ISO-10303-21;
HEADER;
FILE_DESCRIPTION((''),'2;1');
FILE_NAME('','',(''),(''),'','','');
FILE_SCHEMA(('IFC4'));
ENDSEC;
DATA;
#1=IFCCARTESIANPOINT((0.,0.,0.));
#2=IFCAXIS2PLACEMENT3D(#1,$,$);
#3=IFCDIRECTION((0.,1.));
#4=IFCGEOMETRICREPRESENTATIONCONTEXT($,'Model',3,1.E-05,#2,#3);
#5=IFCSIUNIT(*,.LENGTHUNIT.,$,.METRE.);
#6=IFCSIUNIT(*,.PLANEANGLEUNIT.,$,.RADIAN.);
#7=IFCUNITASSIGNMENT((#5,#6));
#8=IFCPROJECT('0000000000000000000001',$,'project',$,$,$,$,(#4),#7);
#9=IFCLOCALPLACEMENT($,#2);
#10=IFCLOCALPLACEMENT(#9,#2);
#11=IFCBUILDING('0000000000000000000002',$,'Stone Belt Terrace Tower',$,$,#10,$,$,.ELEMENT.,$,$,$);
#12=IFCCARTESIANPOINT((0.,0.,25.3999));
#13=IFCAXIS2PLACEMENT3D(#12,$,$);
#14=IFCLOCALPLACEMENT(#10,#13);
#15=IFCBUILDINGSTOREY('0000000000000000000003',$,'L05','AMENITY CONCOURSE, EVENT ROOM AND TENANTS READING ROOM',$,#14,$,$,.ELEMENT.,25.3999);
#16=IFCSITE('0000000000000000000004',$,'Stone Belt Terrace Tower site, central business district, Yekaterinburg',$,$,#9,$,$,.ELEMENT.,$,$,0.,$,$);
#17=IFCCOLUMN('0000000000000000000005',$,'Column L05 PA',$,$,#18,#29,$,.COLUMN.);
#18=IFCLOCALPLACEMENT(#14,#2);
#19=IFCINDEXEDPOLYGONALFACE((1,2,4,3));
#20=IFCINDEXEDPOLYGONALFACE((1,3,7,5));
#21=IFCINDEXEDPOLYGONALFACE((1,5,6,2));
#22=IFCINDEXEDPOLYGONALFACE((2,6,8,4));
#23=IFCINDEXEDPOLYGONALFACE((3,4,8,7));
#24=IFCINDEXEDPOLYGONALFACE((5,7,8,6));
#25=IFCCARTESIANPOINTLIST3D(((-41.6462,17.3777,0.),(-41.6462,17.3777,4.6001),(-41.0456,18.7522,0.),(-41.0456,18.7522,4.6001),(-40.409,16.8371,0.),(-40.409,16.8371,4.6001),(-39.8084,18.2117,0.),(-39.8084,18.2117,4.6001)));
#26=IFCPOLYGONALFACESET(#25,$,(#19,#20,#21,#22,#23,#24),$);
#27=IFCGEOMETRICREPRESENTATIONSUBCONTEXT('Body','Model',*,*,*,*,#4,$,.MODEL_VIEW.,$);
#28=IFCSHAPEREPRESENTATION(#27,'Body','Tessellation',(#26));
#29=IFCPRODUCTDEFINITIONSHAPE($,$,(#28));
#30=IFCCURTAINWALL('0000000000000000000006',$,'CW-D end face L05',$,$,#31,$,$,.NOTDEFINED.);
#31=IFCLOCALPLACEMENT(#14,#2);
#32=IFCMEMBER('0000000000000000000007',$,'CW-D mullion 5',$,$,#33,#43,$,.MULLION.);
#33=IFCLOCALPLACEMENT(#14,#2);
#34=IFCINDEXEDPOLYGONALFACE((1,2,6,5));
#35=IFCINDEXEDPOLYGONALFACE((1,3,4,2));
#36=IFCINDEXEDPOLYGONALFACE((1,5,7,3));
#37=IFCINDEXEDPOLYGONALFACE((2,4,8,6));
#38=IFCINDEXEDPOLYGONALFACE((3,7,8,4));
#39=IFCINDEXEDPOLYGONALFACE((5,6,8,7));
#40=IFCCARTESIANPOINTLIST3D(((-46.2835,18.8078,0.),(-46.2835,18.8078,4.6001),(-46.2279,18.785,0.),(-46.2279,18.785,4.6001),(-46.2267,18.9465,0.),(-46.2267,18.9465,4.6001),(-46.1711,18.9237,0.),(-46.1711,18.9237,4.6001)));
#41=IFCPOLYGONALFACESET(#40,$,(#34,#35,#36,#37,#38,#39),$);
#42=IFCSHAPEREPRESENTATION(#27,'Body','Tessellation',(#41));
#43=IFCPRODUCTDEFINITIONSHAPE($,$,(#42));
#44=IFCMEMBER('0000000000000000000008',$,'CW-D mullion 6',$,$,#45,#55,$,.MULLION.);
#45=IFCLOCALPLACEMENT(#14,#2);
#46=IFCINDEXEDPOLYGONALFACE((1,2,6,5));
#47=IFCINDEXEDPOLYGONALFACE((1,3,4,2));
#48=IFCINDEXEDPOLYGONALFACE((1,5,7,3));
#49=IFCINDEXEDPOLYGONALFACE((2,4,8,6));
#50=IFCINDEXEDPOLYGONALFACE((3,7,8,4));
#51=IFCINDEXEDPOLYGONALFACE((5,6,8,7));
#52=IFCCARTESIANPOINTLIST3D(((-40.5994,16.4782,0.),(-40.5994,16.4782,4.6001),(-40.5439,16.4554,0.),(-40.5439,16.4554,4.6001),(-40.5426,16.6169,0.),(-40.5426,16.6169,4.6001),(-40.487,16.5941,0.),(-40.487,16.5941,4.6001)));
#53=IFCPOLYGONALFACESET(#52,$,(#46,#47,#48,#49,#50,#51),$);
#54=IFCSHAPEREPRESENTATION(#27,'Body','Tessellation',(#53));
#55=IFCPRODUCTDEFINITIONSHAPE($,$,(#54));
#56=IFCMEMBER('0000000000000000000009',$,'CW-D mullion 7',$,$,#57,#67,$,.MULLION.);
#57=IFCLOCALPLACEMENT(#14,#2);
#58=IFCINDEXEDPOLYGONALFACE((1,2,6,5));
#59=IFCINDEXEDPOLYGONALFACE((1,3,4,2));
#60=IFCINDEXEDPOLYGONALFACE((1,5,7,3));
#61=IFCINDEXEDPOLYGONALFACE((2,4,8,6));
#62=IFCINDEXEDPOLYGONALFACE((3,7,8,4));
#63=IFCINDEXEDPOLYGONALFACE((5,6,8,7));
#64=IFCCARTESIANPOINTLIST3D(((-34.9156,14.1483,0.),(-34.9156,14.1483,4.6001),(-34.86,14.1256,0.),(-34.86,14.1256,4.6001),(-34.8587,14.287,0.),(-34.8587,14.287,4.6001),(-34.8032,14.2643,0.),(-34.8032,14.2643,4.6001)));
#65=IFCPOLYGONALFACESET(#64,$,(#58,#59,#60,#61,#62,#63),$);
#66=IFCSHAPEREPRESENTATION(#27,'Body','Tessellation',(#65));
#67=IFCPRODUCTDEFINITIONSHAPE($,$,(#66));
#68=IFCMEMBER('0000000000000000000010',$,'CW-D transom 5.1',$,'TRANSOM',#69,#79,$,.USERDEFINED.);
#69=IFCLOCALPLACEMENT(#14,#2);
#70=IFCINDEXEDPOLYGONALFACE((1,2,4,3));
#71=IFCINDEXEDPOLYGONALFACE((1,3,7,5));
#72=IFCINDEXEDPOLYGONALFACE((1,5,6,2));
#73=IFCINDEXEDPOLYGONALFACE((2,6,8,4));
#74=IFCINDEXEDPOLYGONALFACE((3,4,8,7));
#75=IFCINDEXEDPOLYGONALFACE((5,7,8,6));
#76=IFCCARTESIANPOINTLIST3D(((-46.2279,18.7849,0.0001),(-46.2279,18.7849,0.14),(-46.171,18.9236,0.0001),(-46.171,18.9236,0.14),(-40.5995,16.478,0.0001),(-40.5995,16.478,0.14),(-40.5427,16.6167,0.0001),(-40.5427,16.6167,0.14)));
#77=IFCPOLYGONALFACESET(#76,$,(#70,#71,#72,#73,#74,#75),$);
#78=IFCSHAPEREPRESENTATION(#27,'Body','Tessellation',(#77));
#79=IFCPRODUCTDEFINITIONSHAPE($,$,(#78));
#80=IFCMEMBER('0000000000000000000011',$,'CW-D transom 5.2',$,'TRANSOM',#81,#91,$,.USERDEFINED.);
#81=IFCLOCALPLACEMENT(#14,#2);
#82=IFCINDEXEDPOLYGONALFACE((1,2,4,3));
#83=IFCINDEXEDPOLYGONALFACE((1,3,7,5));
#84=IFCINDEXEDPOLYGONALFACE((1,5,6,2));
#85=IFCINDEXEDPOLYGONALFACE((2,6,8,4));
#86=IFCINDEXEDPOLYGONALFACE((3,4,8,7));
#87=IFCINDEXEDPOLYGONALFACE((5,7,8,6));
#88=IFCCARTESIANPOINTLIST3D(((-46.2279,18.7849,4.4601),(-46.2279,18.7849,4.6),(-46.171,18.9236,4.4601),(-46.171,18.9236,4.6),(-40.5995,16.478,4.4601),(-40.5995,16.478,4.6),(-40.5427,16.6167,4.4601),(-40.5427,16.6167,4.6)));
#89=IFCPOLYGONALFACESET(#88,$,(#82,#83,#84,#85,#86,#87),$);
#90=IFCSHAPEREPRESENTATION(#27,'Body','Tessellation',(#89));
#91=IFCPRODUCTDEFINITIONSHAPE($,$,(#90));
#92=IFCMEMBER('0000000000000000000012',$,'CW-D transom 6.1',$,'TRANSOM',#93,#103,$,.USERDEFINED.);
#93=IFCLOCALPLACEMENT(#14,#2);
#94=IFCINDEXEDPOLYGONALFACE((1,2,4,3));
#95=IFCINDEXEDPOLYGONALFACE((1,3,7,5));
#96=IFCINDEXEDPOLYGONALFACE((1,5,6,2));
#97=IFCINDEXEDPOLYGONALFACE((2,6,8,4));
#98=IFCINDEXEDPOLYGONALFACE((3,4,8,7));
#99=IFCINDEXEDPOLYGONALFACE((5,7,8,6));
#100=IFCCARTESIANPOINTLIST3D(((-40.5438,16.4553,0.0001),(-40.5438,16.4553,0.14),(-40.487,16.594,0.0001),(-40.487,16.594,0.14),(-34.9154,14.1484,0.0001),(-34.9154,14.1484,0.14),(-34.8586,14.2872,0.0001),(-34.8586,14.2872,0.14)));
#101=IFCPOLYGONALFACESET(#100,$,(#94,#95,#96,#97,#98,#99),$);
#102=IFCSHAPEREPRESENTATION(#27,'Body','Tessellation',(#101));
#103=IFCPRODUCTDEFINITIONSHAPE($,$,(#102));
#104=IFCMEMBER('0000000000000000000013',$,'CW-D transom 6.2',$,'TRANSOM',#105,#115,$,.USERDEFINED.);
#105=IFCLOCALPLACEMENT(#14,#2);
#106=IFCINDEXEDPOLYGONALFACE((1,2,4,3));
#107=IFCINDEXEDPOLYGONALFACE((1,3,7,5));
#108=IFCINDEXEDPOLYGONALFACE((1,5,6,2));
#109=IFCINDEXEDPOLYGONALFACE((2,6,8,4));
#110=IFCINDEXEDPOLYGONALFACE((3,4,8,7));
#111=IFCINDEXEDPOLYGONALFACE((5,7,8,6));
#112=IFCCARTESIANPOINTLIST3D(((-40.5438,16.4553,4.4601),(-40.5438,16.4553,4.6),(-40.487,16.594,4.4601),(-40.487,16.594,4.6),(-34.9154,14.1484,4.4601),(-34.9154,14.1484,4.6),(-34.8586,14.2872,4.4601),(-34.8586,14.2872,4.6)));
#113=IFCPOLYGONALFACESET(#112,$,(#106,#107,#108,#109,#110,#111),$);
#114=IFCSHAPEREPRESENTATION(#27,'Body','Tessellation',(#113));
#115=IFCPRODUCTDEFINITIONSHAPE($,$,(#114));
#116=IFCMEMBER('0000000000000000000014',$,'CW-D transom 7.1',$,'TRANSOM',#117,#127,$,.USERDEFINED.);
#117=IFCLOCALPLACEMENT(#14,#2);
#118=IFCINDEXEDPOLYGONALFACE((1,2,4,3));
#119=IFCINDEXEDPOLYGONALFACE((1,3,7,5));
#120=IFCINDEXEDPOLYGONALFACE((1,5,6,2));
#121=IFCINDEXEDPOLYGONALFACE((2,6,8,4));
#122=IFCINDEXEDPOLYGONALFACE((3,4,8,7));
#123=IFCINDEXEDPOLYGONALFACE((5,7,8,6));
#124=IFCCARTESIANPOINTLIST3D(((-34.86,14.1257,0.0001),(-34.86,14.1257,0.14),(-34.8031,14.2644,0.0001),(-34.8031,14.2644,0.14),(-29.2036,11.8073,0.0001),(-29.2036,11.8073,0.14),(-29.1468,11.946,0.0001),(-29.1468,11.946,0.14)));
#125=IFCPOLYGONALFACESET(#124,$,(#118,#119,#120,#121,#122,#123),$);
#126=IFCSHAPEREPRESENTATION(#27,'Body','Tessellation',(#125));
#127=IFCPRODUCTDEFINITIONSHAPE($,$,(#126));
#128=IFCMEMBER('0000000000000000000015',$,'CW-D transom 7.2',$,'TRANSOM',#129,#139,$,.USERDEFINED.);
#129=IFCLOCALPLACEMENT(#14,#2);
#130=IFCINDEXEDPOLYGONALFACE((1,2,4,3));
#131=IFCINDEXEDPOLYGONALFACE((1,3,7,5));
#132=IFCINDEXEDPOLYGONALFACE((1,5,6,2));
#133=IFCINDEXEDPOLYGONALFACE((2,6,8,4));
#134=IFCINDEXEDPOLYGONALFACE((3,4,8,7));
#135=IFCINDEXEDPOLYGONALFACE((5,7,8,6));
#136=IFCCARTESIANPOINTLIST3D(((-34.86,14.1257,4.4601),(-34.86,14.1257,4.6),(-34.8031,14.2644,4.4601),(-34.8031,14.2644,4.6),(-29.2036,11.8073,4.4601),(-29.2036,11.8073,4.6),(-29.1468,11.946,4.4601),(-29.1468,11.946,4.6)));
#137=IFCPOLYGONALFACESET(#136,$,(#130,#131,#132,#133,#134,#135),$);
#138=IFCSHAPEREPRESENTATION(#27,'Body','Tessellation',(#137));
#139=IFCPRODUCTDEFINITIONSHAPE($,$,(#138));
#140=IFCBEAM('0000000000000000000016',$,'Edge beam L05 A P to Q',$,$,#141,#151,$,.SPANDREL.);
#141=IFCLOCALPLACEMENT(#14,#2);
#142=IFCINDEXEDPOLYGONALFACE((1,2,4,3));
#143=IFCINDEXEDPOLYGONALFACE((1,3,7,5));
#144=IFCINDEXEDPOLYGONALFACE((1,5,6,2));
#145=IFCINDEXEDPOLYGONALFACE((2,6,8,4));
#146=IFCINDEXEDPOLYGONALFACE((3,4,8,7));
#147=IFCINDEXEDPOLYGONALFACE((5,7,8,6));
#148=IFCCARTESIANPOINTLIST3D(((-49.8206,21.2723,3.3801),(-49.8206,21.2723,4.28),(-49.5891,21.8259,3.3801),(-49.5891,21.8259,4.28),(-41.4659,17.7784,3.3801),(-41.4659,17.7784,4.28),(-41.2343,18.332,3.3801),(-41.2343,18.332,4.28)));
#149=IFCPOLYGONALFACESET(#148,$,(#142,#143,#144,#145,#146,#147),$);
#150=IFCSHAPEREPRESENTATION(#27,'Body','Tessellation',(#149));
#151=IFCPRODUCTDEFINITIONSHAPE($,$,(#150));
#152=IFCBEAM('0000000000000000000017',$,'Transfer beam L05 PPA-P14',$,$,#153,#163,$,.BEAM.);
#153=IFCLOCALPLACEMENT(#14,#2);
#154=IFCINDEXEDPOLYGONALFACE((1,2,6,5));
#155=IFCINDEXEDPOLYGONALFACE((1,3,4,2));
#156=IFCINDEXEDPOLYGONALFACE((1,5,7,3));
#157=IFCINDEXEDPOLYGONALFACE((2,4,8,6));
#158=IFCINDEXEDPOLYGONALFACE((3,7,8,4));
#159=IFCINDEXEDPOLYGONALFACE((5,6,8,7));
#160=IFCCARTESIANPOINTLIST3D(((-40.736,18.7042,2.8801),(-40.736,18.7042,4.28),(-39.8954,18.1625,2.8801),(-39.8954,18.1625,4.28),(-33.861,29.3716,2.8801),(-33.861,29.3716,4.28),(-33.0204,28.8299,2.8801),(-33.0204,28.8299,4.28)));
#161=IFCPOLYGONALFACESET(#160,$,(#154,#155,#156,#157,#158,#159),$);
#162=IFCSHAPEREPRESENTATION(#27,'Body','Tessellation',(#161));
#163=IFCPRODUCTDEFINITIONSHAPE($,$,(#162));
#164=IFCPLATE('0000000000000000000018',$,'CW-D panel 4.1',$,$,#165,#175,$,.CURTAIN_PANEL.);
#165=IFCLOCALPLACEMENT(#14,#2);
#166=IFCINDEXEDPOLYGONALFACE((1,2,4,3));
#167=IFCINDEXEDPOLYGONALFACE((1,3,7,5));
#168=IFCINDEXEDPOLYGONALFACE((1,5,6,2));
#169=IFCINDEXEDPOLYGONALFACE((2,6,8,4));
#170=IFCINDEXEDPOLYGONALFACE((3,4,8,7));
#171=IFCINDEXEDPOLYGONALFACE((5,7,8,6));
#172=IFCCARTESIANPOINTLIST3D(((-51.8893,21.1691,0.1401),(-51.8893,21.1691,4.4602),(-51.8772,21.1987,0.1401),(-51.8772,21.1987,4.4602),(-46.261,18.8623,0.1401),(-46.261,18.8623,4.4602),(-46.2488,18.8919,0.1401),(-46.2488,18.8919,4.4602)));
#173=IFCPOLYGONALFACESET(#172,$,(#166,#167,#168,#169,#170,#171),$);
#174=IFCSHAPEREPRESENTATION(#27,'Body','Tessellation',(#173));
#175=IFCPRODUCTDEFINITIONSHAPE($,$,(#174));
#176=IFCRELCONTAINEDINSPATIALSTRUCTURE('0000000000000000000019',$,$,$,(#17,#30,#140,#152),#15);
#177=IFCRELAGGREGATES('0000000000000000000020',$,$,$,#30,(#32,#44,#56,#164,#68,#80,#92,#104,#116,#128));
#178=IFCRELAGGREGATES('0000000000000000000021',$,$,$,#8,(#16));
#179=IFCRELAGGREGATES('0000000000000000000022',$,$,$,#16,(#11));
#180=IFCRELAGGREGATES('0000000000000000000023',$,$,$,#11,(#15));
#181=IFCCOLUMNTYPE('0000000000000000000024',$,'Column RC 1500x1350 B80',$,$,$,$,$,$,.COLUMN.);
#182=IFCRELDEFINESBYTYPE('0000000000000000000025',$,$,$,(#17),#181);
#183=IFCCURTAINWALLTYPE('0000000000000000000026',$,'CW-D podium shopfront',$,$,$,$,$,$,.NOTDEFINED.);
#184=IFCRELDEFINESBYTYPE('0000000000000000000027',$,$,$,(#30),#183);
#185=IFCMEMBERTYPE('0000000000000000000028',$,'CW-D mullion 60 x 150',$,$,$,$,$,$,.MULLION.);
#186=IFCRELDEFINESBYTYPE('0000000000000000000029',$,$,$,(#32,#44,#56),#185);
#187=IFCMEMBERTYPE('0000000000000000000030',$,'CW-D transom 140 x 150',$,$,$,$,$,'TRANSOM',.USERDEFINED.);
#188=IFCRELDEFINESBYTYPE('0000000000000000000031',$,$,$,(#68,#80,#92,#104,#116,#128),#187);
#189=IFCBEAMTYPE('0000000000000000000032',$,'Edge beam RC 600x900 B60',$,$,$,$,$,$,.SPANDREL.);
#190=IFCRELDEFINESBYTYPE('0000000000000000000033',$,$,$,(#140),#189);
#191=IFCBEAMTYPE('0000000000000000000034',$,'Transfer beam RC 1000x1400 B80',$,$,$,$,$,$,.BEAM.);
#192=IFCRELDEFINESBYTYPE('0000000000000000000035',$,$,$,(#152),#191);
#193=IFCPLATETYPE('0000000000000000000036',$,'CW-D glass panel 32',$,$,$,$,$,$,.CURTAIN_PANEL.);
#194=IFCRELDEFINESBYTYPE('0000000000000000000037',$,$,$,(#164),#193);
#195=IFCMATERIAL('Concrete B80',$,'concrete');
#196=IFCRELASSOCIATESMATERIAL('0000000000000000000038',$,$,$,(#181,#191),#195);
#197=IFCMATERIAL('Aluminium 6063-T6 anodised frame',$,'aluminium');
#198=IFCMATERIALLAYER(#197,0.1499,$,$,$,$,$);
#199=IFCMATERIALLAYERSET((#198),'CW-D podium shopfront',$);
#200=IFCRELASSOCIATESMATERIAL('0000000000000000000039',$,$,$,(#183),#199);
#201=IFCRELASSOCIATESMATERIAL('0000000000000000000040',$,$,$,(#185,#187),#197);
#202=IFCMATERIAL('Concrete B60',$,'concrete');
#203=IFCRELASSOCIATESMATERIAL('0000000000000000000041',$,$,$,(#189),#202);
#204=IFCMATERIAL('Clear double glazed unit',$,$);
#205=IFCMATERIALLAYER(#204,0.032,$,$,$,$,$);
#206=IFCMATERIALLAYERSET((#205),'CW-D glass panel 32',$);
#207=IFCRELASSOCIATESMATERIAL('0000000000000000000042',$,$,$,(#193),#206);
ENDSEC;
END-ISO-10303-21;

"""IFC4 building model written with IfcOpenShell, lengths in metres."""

from ifc_helpers import new_model, si_unit, direction, frame, origin, origin_2d, place, context, subcontext, project, spatial, rectangle, extrude, material, layer, layer_set, material_profile, profile_set, type_object, element, aggregate, save


model = new_model("IFC4")

# Units and contexts
model_context = context("Model", 3, precision=1e-05, world=origin(), true_north=direction((0.0, 1.0)))
body_context = subcontext(model_context, "Body", "Model", "MODEL_VIEW")
ifc_project = project(units=[si_unit("LENGTHUNIT", "METRE"), si_unit("PLANEANGLEUNIT", "RADIAN")], contexts=[model_context])

# Site, building, storey
site_placement = place(None, origin())
site = spatial("IfcSite", under=ifc_project, at=site_placement, Name="Stone Belt Terrace Tower site, central business district, Yekaterinburg", CompositionType="ELEMENT", RefElevation=0.0)
building_placement = place(site_placement, origin())
building = spatial("IfcBuilding", under=site, at=building_placement, Name="Stone Belt Terrace Tower", CompositionType="ELEMENT")
storey_placement = place(building_placement, frame((0.0, 0.0, 25.3999)))
storey = spatial("IfcBuildingStorey", under=building, at=storey_placement, Name="L05", Description="AMENITY CONCOURSE, EVENT ROOM AND TENANTS READING ROOM", CompositionType="ELEMENT", Elevation=25.3999)

# Column
ifc_material_1 = material(Name="Concrete B80", Category="concrete")
ifc_material_profile_1 = material_profile(ifc_material_1, rectangle(XDim=1.5, YDim=1.3501, at=origin_2d()), Name="RC 1500x1350")
ifc_profile_set_1 = profile_set([ifc_material_profile_1], Name="Concrete B80")
column_type = type_object("IfcColumnType", Name="Column RC 1500x1350 B80", PredefinedType="COLUMN", material=ifc_profile_set_1)
column_placement = place(storey_placement, frame((-40.7273, 17.7947, 0.0), z_axis=(0.0, 0.0, 1.0), x_axis=(0.400376, 0.916351, 0.0)))
element("IfcColumn", 1, at=column_placement, inside=storey, type_object=column_type, Name="Column L05 PA", PredefinedType="COLUMN", context=body_context, shape_type="SweptSolid", body=[
    extrude(rectangle(XDim=1.5, YDim=1.3501, at=origin_2d()), origin(), (0.0, 0.0, 1.0), 4.6001),
])

# Curtain wall, members
ifc_material_2 = material(Name="Aluminium 6063-T6 anodised frame", Category="aluminium")
ifc_layer_1 = layer(ifc_material_2, 0.1499)
ifc_layer_set_1 = layer_set([ifc_layer_1], Name="CW-D podium shopfront")
curtain_wall_type = type_object("IfcCurtainWallType", Name="CW-D podium shopfront", PredefinedType="NOTDEFINED", material=ifc_layer_set_1)
curtain_wall_placement = place(storey_placement, origin())
curtain_wall = element("IfcCurtainWall", 2, at=curtain_wall_placement, inside=storey, type_object=curtain_wall_type, Name="CW-D end face L05", PredefinedType="NOTDEFINED")
ifc_material_profile_2 = material_profile(ifc_material_2, rectangle(XDim=0.1499, YDim=0.0601, at=origin_2d()), Name="Aluminium 6063-T6 60x150")
ifc_profile_set_2 = profile_set([ifc_material_profile_2], Name="Aluminium 6063-T6 anodised frame")
member_type_1 = type_object("IfcMemberType", Name="CW-D mullion 60 x 150", PredefinedType="MULLION", material=ifc_profile_set_2)
member_1_placement = place(storey_placement, frame((-46.2273, 18.8657, 0.0), z_axis=(0.0, 0.0, 1.0), x_axis=(0.379243, 0.925297, 0.0)))
member_1 = element("IfcMember", 3, at=member_1_placement, type_object=member_type_1, Name="CW-D mullion 5", PredefinedType="MULLION", context=body_context, shape_type="SweptSolid", body=[
    extrude(rectangle(XDim=0.1499, YDim=0.0601, at=origin_2d()), origin(), (0.0, 0.0, 1.0), 4.6001),
])
member_2_placement = place(storey_placement, frame((-40.5432, 16.5361, 0.0), z_axis=(0.0, 0.0, 1.0), x_axis=(0.379243, 0.925297, 0.0)))
member_2 = element("IfcMember", 4, at=member_2_placement, type_object=member_type_1, Name="CW-D mullion 6", PredefinedType="MULLION", context=body_context, shape_type="SweptSolid", body=[
    extrude(rectangle(XDim=0.1499, YDim=0.0601, at=origin_2d()), origin(), (0.0, 0.0, 1.0), 4.6001),
])
member_3_placement = place(storey_placement, frame((-34.8594, 14.2063, 0.0), z_axis=(0.0, 0.0, 1.0), x_axis=(0.379243, 0.925297, 0.0)))
member_3 = element("IfcMember", 5, at=member_3_placement, type_object=member_type_1, Name="CW-D mullion 7", PredefinedType="MULLION", context=body_context, shape_type="SweptSolid", body=[
    extrude(rectangle(XDim=0.1499, YDim=0.0601, at=origin_2d()), origin(), (0.0, 0.0, 1.0), 4.6001),
])
ifc_material_profile_3 = material_profile(ifc_material_2, rectangle(XDim=0.1499, YDim=0.1399, at=origin_2d()), Name="Aluminium 6063-T6 150x140")
ifc_profile_set_3 = profile_set([ifc_material_profile_3], Name="Aluminium 6063-T6 anodised frame")
member_type_2 = type_object("IfcMemberType", Name="CW-D transom 140 x 150", ElementType="TRANSOM", PredefinedType="USERDEFINED", material=ifc_profile_set_3)
member_4_placement = place(storey_placement, frame((-46.1995, 18.8542, 0.0701), z_axis=(0.925296, -0.379245, 0.0), x_axis=(0.379245, 0.925296, 0.0)))
member_4 = element("IfcMember", 6, at=member_4_placement, type_object=member_type_2, Name="CW-D transom 5.1", ObjectType="TRANSOM", PredefinedType="USERDEFINED", context=body_context, shape_type="SweptSolid", body=[
    extrude(rectangle(XDim=0.1499, YDim=0.1399, at=origin_2d()), origin(), (0.0, 0.0, 1.0), 6.0828),
])
member_5_placement = place(storey_placement, frame((-46.1995, 18.8542, 4.53), z_axis=(0.925296, -0.379245, 0.0), x_axis=(0.379245, 0.925296, 0.0)))
member_5 = element("IfcMember", 7, at=member_5_placement, type_object=member_type_2, Name="CW-D transom 5.2", ObjectType="TRANSOM", PredefinedType="USERDEFINED", context=body_context, shape_type="SweptSolid", body=[
    extrude(rectangle(XDim=0.1499, YDim=0.1399, at=origin_2d()), origin(), (0.0, 0.0, 1.0), 6.0828),
])
member_6_placement = place(storey_placement, frame((-40.5154, 16.5247, 0.0701), z_axis=(0.925296, -0.379245, 0.0), x_axis=(0.379245, 0.925296, 0.0)))
member_6 = element("IfcMember", 8, at=member_6_placement, type_object=member_type_2, Name="CW-D transom 6.1", ObjectType="TRANSOM", PredefinedType="USERDEFINED", context=body_context, shape_type="SweptSolid", body=[
    extrude(rectangle(XDim=0.1499, YDim=0.1399, at=origin_2d()), origin(), (0.0, 0.0, 1.0), 6.0828),
])
member_7_placement = place(storey_placement, frame((-40.5154, 16.5247, 4.53), z_axis=(0.925296, -0.379245, 0.0), x_axis=(0.379245, 0.925296, 0.0)))
member_7 = element("IfcMember", 9, at=member_7_placement, type_object=member_type_2, Name="CW-D transom 6.2", ObjectType="TRANSOM", PredefinedType="USERDEFINED", context=body_context, shape_type="SweptSolid", body=[
    extrude(rectangle(XDim=0.1499, YDim=0.1399, at=origin_2d()), origin(), (0.0, 0.0, 1.0), 6.0828),
])
member_8_placement = place(storey_placement, frame((-34.8315, 14.1951, 0.0701), z_axis=(0.925292, -0.379255, 0.0), x_axis=(0.379255, 0.925292, 0.0)))
member_8 = element("IfcMember", 10, at=member_8_placement, type_object=member_type_2, Name="CW-D transom 7.1", ObjectType="TRANSOM", PredefinedType="USERDEFINED", context=body_context, shape_type="SweptSolid", body=[
    extrude(rectangle(XDim=0.1499, YDim=0.1399, at=origin_2d()), origin(), (0.0, 0.0, 1.0), 6.113),
])
member_9_placement = place(storey_placement, frame((-34.8315, 14.1951, 4.53), z_axis=(0.925292, -0.379255, 0.0), x_axis=(0.379255, 0.925292, 0.0)))
member_9 = element("IfcMember", 11, at=member_9_placement, type_object=member_type_2, Name="CW-D transom 7.2", ObjectType="TRANSOM", PredefinedType="USERDEFINED", context=body_context, shape_type="SweptSolid", body=[
    extrude(rectangle(XDim=0.1499, YDim=0.1399, at=origin_2d()), origin(), (0.0, 0.0, 1.0), 6.113),
])

# Beams
ifc_material_3 = material(Name="Concrete B60", Category="concrete")
ifc_material_profile_4 = material_profile(ifc_material_3, rectangle(XDim=0.6001, YDim=0.8999, at=origin_2d()), Name="RC 600x900")
ifc_profile_set_4 = profile_set([ifc_material_profile_4], Name="Concrete B60")
beam_type_1 = type_object("IfcBeamType", Name="Edge beam RC 600x900 B60", PredefinedType="SPANDREL", material=ifc_profile_set_4)
beam_1_placement = place(storey_placement, frame((-41.3501, 18.0552, 3.8301), z_axis=(-0.922576, 0.385815, 0.0), x_axis=(-0.385815, -0.922576, 0.0)))
element("IfcBeam", 12, at=beam_1_placement, inside=storey, type_object=beam_type_1, Name="Edge beam L05 A P to Q", PredefinedType="SPANDREL", context=body_context, shape_type="SweptSolid", body=[
    extrude(rectangle(XDim=0.6001, YDim=0.8999, at=origin_2d()), origin(), (0.0, 0.0, 1.0), 9.0559),
])
ifc_material_profile_5 = material_profile(ifc_material_1, rectangle(XDim=1.0, YDim=1.3999, at=origin_2d()), Name="RC 1000x1400")
ifc_profile_set_5 = profile_set([ifc_material_profile_5], Name="Concrete B80")
beam_type_2 = type_object("IfcBeamType", Name="Transfer beam RC 1000x1400 B80", PredefinedType="BEAM", material=ifc_profile_set_5)
beam_2_placement = place(storey_placement, frame((-40.3157, 18.4333, 3.5801), z_axis=(0.541724, 0.840557, 0.0), x_axis=(-0.840557, 0.541724, 0.0)))
element("IfcBeam", 13, at=beam_2_placement, inside=storey, type_object=beam_type_2, Name="Transfer beam L05 PPA-P14", PredefinedType="BEAM", context=body_context, shape_type="SweptSolid", body=[
    extrude(rectangle(XDim=1.0, YDim=1.3999, at=origin_2d()), origin(), (0.0, 0.0, 1.0), 12.6909),
])

# Plate
ifc_material_4 = material(Name="Clear double glazed unit")
ifc_layer_2 = layer(ifc_material_4, 0.032)
ifc_layer_set_2 = layer_set([ifc_layer_2], Name="CW-D glass panel 32")
plate_type = type_object("IfcPlateType", Name="CW-D glass panel 32", PredefinedType="CURTAIN_PANEL", material=ifc_layer_set_2)
plate_1_placement = place(storey_placement, frame((-49.0691, 20.0305, 0.1401), z_axis=(0.0, 0.0, 1.0), x_axis=(0.925297, -0.379243, 0.0)))
plate_1 = element("IfcPlate", 14, at=plate_1_placement, type_object=plate_type, Name="CW-D panel 4.1", PredefinedType="CURTAIN_PANEL", context=body_context, shape_type="SweptSolid", body=[
    extrude(rectangle(XDim=6.0828, YDim=0.032, at=origin_2d()), origin(), (0.0, 0.0, 1.0), 4.3201),
])
aggregate(curtain_wall, [member_1, member_2, member_3, plate_1, member_4, member_5, member_6, member_7, member_8, member_9])

save(model, "model.ifc")
